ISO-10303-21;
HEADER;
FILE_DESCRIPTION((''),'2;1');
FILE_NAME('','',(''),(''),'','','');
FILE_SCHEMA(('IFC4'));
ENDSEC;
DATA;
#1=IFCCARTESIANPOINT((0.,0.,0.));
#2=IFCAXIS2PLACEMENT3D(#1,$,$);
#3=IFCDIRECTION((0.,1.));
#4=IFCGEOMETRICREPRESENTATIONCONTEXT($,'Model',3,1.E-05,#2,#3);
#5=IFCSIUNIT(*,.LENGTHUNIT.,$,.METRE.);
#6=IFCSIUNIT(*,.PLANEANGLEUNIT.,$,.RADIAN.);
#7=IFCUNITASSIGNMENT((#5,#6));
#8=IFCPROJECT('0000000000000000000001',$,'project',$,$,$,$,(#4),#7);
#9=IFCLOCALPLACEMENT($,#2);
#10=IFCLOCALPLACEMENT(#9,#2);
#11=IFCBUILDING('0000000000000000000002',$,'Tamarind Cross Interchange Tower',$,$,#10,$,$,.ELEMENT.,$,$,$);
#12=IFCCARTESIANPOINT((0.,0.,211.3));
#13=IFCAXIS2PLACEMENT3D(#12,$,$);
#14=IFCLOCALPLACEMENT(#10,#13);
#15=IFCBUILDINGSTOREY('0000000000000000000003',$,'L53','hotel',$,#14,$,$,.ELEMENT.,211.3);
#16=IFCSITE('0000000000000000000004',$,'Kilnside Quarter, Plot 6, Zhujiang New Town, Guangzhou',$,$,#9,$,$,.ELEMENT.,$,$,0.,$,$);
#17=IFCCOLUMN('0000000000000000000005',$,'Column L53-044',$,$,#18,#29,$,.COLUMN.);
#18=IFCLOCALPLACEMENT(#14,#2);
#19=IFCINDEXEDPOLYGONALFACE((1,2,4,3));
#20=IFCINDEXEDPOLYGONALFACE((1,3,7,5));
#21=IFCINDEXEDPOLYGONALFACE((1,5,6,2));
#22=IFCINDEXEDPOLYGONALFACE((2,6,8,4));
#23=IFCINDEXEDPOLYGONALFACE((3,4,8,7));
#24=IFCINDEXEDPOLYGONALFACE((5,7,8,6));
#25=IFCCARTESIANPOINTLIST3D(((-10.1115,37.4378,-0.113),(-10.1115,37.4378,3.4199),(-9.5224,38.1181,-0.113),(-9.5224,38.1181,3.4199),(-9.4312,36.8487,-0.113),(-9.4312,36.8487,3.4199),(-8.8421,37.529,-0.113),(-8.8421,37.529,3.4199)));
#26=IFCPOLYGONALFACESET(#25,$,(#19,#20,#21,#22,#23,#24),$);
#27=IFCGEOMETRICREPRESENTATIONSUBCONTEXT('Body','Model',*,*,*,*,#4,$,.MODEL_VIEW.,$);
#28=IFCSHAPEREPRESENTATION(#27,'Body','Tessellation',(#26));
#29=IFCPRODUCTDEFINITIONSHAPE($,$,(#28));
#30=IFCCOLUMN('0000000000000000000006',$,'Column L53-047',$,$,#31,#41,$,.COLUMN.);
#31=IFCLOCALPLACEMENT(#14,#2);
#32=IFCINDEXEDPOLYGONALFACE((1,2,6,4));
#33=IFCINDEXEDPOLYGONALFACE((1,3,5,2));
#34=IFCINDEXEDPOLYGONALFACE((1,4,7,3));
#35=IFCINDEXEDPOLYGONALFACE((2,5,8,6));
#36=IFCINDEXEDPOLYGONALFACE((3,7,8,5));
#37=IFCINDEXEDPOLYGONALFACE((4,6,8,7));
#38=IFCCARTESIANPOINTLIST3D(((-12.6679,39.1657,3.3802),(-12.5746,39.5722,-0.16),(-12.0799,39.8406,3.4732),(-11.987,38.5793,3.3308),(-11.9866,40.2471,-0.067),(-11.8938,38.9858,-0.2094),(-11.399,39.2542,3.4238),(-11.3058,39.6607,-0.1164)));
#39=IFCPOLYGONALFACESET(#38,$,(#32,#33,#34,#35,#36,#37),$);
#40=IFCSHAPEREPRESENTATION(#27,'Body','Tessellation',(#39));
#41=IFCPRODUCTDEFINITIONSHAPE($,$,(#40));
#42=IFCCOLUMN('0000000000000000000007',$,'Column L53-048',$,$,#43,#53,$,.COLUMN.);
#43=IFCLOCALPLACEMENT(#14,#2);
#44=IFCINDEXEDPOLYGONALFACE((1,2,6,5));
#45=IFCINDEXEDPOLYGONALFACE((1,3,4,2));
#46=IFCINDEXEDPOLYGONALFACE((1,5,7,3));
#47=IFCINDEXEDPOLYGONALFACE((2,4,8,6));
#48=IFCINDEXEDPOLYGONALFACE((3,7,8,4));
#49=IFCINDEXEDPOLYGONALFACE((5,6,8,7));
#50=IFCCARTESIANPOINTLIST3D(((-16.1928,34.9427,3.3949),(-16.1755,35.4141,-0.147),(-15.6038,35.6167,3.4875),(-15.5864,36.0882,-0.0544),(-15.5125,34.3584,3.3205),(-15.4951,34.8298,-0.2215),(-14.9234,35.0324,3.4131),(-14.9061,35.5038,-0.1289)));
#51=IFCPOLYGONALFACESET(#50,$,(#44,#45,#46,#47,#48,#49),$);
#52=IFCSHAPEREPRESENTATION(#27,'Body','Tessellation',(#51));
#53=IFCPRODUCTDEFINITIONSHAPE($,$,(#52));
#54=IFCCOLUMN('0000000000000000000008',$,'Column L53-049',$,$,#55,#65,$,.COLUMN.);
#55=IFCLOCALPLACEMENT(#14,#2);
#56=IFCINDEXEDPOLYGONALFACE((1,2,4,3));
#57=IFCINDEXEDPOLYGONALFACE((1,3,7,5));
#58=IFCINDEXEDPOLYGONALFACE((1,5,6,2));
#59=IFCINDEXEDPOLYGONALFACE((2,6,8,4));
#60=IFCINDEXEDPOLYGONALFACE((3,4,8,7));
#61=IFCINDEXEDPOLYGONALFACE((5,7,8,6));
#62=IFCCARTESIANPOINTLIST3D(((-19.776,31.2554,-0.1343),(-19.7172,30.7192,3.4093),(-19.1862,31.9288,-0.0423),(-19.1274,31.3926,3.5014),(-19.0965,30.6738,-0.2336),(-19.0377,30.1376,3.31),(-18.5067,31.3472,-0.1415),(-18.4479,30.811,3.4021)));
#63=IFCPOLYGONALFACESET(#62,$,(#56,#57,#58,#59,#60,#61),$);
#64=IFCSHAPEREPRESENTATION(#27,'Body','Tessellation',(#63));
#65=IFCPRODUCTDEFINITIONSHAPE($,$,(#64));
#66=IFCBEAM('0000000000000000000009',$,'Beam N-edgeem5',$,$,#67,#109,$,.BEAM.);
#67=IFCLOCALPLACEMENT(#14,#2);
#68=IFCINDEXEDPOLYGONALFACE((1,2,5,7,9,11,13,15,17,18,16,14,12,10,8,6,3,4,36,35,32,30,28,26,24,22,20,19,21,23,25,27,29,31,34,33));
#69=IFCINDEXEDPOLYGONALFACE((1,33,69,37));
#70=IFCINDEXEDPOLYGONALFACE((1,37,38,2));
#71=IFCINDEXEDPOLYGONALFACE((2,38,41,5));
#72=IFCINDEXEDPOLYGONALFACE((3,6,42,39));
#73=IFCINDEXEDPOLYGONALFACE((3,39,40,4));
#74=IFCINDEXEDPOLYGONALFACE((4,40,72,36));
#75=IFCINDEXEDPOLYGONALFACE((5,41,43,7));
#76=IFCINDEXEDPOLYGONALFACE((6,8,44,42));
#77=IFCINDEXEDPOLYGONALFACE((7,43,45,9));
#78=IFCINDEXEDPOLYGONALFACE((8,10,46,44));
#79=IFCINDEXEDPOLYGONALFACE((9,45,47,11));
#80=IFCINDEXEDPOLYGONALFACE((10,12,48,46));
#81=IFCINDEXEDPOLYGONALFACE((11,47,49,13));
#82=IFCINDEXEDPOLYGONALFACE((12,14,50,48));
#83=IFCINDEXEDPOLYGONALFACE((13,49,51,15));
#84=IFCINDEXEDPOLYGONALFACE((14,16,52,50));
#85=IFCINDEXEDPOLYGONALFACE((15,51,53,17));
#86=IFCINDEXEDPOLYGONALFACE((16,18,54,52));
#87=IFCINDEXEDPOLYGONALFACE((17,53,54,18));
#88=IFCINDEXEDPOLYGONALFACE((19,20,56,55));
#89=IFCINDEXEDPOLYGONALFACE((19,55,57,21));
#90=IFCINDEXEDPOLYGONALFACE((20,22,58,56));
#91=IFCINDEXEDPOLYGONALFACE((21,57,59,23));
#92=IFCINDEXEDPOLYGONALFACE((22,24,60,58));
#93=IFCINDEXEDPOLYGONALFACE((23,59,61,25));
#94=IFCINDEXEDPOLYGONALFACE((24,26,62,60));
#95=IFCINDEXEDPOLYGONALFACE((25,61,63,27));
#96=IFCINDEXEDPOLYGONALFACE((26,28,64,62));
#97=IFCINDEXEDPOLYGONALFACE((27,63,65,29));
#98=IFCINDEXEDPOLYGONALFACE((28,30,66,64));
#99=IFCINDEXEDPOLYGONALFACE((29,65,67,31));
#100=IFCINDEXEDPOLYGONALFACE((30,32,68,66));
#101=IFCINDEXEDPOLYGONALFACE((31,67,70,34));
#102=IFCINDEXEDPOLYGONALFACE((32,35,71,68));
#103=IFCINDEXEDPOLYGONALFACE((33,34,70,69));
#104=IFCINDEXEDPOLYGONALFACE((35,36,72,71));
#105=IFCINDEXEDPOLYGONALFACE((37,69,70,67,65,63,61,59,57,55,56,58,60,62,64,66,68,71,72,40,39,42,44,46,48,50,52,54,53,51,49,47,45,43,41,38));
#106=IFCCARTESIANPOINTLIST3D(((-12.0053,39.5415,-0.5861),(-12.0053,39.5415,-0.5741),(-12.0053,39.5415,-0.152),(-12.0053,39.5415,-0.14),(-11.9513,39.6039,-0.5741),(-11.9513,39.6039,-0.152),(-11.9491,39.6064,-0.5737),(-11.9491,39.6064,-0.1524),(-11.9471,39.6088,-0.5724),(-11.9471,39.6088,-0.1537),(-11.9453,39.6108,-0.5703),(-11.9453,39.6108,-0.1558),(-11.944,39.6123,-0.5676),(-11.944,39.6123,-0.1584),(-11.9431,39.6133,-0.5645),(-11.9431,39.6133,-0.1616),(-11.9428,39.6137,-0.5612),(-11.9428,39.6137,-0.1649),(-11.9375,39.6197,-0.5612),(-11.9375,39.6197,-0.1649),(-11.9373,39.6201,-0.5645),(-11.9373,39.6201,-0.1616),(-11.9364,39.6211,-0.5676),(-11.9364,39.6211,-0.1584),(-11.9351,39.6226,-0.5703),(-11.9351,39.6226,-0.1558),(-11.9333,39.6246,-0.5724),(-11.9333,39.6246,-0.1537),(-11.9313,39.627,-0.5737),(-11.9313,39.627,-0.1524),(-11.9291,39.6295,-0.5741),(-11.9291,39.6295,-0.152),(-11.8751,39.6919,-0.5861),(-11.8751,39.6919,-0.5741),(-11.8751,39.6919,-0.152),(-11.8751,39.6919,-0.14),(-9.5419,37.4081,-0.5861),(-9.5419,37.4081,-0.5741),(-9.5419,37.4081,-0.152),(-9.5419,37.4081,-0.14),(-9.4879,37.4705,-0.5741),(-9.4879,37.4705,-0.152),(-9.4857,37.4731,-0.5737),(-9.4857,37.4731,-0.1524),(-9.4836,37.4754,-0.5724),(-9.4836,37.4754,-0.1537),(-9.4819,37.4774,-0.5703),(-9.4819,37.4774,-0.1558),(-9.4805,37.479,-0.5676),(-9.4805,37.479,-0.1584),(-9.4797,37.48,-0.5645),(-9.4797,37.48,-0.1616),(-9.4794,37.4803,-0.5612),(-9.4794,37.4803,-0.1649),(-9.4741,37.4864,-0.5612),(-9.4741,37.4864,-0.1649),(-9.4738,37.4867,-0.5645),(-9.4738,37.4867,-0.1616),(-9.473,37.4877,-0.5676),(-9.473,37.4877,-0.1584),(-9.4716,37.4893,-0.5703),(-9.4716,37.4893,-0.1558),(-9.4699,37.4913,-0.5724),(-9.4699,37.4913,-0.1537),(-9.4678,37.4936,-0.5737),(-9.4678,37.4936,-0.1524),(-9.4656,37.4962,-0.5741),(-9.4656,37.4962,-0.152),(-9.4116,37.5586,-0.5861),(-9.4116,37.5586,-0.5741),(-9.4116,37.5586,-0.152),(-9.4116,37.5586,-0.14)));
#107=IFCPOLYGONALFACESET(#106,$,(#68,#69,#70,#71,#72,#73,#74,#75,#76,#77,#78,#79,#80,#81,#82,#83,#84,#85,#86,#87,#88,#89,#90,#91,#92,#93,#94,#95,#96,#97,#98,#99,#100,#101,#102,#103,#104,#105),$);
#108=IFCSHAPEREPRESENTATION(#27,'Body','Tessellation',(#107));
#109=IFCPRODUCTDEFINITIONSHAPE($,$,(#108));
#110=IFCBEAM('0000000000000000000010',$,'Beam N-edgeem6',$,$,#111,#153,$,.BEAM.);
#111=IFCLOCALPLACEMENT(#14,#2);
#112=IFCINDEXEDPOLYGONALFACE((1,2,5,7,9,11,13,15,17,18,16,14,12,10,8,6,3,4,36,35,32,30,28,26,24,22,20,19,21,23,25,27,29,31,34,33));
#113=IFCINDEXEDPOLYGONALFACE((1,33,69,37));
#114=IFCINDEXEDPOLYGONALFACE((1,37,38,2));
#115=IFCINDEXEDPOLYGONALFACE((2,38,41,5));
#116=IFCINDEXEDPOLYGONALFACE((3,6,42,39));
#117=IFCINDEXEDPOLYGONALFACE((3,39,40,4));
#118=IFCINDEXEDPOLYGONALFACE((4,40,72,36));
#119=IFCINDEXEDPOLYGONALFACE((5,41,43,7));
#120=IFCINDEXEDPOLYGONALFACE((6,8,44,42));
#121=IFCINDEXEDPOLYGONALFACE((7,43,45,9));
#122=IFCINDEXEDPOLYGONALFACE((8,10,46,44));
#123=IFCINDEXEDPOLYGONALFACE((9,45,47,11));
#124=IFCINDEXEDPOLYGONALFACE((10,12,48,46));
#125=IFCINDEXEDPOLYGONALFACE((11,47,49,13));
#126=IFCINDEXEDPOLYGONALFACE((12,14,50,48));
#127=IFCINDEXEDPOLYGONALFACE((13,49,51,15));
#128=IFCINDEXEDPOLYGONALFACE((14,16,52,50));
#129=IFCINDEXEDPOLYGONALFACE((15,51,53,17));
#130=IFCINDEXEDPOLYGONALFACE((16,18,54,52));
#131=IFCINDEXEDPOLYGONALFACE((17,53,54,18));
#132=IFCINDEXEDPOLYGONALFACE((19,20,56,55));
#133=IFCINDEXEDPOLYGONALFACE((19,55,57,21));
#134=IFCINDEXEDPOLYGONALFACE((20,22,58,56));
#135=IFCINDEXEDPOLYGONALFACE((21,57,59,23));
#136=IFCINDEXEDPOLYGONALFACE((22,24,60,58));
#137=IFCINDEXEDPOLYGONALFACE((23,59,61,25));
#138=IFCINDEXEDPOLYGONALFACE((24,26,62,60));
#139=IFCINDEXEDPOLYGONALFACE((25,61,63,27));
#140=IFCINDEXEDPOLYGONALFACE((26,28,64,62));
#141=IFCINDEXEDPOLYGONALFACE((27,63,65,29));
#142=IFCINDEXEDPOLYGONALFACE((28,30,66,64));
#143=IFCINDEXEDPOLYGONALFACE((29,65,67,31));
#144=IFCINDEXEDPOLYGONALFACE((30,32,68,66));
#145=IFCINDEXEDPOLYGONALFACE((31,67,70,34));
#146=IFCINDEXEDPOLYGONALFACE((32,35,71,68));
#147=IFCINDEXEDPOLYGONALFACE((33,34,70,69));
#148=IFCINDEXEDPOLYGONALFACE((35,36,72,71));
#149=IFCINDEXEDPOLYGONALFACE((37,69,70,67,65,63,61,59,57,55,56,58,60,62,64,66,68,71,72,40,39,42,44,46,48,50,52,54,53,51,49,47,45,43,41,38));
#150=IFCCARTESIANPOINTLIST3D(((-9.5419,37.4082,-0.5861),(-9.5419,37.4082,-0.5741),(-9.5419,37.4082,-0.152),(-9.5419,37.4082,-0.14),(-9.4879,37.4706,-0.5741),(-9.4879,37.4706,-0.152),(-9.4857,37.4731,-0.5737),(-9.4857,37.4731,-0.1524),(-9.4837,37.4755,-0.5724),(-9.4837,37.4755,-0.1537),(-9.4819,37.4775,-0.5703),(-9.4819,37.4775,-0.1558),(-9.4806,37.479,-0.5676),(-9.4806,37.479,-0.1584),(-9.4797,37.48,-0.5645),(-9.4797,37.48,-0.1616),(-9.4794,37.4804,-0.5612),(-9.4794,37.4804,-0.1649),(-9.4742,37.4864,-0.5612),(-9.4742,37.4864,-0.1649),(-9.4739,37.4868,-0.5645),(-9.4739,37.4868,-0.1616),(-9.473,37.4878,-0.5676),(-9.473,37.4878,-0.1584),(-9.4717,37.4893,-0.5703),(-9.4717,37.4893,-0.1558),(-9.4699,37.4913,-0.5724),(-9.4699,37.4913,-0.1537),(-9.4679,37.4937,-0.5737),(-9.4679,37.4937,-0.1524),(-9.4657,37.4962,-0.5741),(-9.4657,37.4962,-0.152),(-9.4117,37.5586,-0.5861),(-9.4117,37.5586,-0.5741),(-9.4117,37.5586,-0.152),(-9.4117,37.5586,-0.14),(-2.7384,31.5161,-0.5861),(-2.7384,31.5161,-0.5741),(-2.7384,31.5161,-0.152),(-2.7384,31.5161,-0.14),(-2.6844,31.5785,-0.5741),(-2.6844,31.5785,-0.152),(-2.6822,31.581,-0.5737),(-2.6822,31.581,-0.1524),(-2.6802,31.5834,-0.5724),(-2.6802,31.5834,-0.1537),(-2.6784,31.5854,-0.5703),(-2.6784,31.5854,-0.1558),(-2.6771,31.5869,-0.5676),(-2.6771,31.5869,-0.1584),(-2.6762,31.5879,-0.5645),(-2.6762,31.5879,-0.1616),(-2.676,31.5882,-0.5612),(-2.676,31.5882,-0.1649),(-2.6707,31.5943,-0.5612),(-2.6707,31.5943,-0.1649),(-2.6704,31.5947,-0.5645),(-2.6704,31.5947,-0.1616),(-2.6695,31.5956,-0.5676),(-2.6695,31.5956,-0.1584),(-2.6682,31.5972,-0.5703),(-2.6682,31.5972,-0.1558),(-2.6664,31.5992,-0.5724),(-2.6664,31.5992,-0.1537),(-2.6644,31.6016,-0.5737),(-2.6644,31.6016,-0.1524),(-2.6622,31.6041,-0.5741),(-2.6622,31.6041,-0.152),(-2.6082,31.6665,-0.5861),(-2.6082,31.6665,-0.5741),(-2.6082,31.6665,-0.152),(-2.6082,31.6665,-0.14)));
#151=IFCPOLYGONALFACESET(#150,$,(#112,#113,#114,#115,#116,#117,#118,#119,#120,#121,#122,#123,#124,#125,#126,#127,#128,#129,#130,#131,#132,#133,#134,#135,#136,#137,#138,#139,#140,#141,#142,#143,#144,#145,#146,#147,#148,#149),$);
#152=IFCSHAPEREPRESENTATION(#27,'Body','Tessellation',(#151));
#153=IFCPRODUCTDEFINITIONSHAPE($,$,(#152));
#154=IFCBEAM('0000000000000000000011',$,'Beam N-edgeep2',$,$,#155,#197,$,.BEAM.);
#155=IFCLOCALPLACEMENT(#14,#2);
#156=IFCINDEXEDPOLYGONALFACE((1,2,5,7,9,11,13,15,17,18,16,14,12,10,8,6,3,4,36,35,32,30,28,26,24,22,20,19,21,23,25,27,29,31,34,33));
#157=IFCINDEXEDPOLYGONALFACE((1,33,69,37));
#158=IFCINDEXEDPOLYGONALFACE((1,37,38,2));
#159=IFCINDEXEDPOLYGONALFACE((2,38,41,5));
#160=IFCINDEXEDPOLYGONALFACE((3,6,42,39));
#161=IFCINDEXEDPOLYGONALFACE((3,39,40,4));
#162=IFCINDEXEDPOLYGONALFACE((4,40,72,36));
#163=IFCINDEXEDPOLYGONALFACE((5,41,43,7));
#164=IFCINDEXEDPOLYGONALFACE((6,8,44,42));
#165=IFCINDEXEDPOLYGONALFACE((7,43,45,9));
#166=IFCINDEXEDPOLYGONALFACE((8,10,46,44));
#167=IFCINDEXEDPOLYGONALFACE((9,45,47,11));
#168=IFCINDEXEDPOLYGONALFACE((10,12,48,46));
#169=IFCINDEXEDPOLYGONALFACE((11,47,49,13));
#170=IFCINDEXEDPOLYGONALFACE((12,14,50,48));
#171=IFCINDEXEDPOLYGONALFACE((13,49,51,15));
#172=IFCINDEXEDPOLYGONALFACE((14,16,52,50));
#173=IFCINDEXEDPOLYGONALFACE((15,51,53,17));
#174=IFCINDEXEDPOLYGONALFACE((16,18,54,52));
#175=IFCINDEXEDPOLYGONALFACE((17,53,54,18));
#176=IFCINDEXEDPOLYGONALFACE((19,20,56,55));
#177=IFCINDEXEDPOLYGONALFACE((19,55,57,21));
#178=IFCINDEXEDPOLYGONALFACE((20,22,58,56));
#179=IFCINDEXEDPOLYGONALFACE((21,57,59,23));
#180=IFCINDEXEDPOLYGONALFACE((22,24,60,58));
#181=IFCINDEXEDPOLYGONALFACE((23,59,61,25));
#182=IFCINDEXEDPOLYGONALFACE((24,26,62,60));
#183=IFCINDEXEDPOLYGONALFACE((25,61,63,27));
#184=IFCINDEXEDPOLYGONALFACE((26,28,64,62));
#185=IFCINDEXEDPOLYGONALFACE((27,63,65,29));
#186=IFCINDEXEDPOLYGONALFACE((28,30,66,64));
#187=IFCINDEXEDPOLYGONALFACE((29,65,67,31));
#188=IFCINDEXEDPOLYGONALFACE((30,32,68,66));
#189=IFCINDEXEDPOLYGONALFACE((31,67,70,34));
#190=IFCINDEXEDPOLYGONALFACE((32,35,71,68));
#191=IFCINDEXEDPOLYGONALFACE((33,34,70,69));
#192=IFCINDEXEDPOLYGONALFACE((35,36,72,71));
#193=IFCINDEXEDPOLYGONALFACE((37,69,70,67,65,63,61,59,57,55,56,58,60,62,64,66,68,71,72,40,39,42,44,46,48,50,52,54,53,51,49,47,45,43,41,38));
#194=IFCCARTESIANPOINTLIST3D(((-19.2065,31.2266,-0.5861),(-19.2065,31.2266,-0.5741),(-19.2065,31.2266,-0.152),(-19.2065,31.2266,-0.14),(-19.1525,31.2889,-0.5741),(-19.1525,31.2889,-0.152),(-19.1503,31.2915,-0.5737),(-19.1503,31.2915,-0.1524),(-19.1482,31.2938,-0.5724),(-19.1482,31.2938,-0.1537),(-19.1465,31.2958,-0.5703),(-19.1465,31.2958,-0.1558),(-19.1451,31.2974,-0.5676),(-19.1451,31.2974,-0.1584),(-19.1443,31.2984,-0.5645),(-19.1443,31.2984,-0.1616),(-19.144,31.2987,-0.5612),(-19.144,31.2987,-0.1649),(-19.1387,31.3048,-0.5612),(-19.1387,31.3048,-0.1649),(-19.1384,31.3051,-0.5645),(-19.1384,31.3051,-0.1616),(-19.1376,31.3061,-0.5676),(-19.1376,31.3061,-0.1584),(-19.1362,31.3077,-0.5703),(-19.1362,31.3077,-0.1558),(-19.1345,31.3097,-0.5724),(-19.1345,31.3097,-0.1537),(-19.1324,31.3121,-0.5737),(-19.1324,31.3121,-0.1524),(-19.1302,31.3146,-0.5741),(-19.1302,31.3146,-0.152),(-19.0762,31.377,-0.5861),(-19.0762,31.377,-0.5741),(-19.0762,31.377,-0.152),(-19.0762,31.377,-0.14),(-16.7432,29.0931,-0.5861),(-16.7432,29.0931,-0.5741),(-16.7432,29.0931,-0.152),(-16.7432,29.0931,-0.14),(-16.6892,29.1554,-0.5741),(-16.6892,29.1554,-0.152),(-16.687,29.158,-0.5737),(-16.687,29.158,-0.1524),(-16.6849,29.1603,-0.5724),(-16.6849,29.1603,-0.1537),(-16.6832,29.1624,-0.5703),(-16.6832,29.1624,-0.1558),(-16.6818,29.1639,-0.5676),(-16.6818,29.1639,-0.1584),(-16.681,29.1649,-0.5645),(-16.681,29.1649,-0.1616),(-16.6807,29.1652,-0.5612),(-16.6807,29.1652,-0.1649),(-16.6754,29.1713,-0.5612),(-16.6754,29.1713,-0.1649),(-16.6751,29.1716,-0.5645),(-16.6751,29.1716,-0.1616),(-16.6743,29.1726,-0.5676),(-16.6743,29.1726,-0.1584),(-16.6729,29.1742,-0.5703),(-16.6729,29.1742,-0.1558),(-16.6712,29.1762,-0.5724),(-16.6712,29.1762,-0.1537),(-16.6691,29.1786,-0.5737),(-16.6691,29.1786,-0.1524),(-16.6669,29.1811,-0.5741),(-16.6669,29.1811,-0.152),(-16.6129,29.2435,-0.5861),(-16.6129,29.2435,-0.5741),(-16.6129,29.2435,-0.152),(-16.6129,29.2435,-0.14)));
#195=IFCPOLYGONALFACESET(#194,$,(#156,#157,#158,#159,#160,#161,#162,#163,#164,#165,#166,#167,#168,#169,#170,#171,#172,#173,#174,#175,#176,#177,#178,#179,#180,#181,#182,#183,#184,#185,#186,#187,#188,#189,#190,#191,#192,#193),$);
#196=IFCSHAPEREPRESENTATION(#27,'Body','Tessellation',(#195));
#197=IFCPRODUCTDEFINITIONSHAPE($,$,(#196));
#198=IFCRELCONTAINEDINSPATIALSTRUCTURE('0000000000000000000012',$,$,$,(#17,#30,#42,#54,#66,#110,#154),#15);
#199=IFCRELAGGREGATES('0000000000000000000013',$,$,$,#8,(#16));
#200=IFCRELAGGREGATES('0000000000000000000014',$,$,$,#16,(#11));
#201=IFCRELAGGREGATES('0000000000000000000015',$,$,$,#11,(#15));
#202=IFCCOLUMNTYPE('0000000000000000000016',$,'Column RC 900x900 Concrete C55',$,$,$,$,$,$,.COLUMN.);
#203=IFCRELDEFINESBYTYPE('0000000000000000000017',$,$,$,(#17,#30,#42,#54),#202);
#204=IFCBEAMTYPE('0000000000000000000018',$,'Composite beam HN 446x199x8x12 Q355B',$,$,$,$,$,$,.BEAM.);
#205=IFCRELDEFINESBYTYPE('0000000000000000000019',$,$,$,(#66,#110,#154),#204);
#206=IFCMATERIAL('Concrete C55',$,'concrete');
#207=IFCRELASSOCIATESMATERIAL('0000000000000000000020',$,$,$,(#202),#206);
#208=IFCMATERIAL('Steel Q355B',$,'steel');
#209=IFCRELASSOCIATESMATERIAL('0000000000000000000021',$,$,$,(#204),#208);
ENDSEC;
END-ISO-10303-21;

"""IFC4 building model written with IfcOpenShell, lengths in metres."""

from ifc_helpers import new_model, si_unit, direction, frame, origin, origin_2d, place, context, subcontext, project, spatial, rectangle, i_section, extrude, material, material_profile, profile_set, type_object, element, save


model = new_model("IFC4")

# Units and contexts
model_context = context("Model", 3, precision=1e-05, world=origin(), true_north=direction((0.0, 1.0)))
body_context = subcontext(model_context, "Body", "Model", "MODEL_VIEW")
ifc_project = project(units=[si_unit("LENGTHUNIT", "METRE"), si_unit("PLANEANGLEUNIT", "RADIAN")], contexts=[model_context])

# Site, building, storey
site_placement = place(None, origin())
site = spatial("IfcSite", under=ifc_project, at=site_placement, Name="Kilnside Quarter, Plot 6, Zhujiang New Town, Guangzhou", CompositionType="ELEMENT", RefElevation=0.0)
building_placement = place(site_placement, origin())
building = spatial("IfcBuilding", under=site, at=building_placement, Name="Tamarind Cross Interchange Tower", CompositionType="ELEMENT")
storey_placement = place(building_placement, frame((0.0, 0.0, 211.3)))
storey = spatial("IfcBuildingStorey", under=building, at=storey_placement, Name="L53", Description="hotel", CompositionType="ELEMENT", Elevation=211.3)

# Columns
ifc_material_1 = material(Name="Concrete C55", Category="concrete")
ifc_material_profile_1 = material_profile(ifc_material_1, rectangle(XDim=0.8999, YDim=0.8999, at=origin_2d()), Name="RC 900x900")
ifc_profile_set_1 = profile_set([ifc_material_profile_1], Name="Concrete C55")
column_type = type_object("IfcColumnType", Name="Column RC 900x900 Concrete C55", PredefinedType="COLUMN", material=ifc_profile_set_1)
column_1_placement = place(storey_placement, frame((-9.4768, 37.4834, -0.113), z_axis=(0.0, 0.0, 1.0), x_axis=(0.654667, 0.755917, 0.0)))
element("IfcColumn", 1, at=column_1_placement, inside=storey, type_object=column_type, Name="Column L53-044", PredefinedType="COLUMN", context=body_context, shape_type="SweptSolid", body=[
    extrude(rectangle(XDim=0.8999, YDim=0.8999, at=origin_2d()), origin(), (0.0, 0.0, 1.0), 3.533),
])
column_2_placement = place(storey_placement, frame((-11.9402, 39.6165, -0.1382), z_axis=(-0.026162, -0.114031, 0.993133), x_axis=(0.653409, 0.749922, 0.103319)))
element("IfcColumn", 2, at=column_2_placement, inside=storey, type_object=column_type, Name="Column L53-047", PredefinedType="COLUMN", context=body_context, shape_type="SweptSolid", body=[
    extrude(rectangle(XDim=0.8999, YDim=0.8999, at=origin_2d()), origin(), (0.0, 0.0, 1.0), 3.5647),
])
column_3_placement = place(storey_placement, frame((-15.5408, 35.459, -0.1379), z_axis=(-0.004851, -0.131934, 0.991247), x_axis=(0.654548, 0.748986, 0.102893)))
element("IfcColumn", 3, at=column_3_placement, inside=storey, type_object=column_type, Name="Column L53-048", PredefinedType="COLUMN", context=body_context, shape_type="SweptSolid", body=[
    extrude(rectangle(XDim=0.8999, YDim=0.8999, at=origin_2d()), origin(), (0.0, 0.0, 1.0), 3.5732),
])
column_4_placement = place(storey_placement, frame((-19.1414, 31.3013, -0.1379), z_axis=(0.016414, -0.149569, 0.988615), x_axis=(0.655429, 0.748293, 0.102328)))
element("IfcColumn", 4, at=column_4_placement, inside=storey, type_object=column_type, Name="Column L53-049", PredefinedType="COLUMN", context=body_context, shape_type="SweptSolid", body=[
    extrude(rectangle(XDim=0.8999, YDim=0.8999, at=origin_2d()), origin(), (0.0, 0.0, 1.0), 3.5845),
])

# Beams
ifc_material_2 = material(Name="Steel Q355B", Category="steel")
ifc_material_profile_2 = material_profile(ifc_material_2, i_section(OverallWidth=0.199, OverallDepth=0.446, WebThickness=0.0081, FlangeThickness=0.012, FilletRadius=0.0129, at=origin_2d()), Name="HN 446x199x8x12")
ifc_profile_set_2 = profile_set([ifc_material_profile_2], Name="Steel Q355B")
beam_type_1 = type_object("IfcBeamType", Name="Composite beam HN 446x199x8x12 Q355B", PredefinedType="BEAM", material=ifc_profile_set_2)
beam_1_placement = place(storey_placement, frame((-11.9402, 39.6167, -0.363), z_axis=(0.755936, -0.654645, 0.0), x_axis=(0.654645, 0.755936, 0.0)))
element("IfcBeam", 5, at=beam_1_placement, inside=storey, type_object=beam_type_1, Name="Beam N-edgeem5", PredefinedType="BEAM", context=body_context, shape_type="SweptSolid", body=[
    extrude(i_section(OverallWidth=0.199, OverallDepth=0.446, WebThickness=0.0081, FlangeThickness=0.012, FilletRadius=0.0129, at=origin_2d()), origin(), (0.0, 0.0, 1.0), 3.2588),
])
beam_2_placement = place(storey_placement, frame((-9.4768, 37.4834, -0.363), z_axis=(0.755923, -0.654661, 0.0), x_axis=(0.654661, 0.755923, 0.0)))
element("IfcBeam", 6, at=beam_2_placement, inside=storey, type_object=beam_type_1, Name="Beam N-edgeem6", PredefinedType="BEAM", context=body_context, shape_type="SweptSolid", body=[
    extrude(i_section(OverallWidth=0.199, OverallDepth=0.446, WebThickness=0.0081, FlangeThickness=0.012, FilletRadius=0.0129, at=origin_2d()), origin(), (0.0, 0.0, 1.0), 9.0002),
])
beam_3_placement = place(storey_placement, frame((-19.1414, 31.3018, -0.363), z_axis=(0.755899, -0.654688, 0.0), x_axis=(0.654688, 0.755899, 0.0)))
element("IfcBeam", 7, at=beam_3_placement, inside=storey, type_object=beam_type_1, Name="Beam N-edgeep2", PredefinedType="BEAM", context=body_context, shape_type="SweptSolid", body=[
    extrude(i_section(OverallWidth=0.199, OverallDepth=0.446, WebThickness=0.0081, FlangeThickness=0.012, FilletRadius=0.0129, at=origin_2d()), origin(), (0.0, 0.0, 1.0), 3.2588),
])

save(model, "model.ifc")
